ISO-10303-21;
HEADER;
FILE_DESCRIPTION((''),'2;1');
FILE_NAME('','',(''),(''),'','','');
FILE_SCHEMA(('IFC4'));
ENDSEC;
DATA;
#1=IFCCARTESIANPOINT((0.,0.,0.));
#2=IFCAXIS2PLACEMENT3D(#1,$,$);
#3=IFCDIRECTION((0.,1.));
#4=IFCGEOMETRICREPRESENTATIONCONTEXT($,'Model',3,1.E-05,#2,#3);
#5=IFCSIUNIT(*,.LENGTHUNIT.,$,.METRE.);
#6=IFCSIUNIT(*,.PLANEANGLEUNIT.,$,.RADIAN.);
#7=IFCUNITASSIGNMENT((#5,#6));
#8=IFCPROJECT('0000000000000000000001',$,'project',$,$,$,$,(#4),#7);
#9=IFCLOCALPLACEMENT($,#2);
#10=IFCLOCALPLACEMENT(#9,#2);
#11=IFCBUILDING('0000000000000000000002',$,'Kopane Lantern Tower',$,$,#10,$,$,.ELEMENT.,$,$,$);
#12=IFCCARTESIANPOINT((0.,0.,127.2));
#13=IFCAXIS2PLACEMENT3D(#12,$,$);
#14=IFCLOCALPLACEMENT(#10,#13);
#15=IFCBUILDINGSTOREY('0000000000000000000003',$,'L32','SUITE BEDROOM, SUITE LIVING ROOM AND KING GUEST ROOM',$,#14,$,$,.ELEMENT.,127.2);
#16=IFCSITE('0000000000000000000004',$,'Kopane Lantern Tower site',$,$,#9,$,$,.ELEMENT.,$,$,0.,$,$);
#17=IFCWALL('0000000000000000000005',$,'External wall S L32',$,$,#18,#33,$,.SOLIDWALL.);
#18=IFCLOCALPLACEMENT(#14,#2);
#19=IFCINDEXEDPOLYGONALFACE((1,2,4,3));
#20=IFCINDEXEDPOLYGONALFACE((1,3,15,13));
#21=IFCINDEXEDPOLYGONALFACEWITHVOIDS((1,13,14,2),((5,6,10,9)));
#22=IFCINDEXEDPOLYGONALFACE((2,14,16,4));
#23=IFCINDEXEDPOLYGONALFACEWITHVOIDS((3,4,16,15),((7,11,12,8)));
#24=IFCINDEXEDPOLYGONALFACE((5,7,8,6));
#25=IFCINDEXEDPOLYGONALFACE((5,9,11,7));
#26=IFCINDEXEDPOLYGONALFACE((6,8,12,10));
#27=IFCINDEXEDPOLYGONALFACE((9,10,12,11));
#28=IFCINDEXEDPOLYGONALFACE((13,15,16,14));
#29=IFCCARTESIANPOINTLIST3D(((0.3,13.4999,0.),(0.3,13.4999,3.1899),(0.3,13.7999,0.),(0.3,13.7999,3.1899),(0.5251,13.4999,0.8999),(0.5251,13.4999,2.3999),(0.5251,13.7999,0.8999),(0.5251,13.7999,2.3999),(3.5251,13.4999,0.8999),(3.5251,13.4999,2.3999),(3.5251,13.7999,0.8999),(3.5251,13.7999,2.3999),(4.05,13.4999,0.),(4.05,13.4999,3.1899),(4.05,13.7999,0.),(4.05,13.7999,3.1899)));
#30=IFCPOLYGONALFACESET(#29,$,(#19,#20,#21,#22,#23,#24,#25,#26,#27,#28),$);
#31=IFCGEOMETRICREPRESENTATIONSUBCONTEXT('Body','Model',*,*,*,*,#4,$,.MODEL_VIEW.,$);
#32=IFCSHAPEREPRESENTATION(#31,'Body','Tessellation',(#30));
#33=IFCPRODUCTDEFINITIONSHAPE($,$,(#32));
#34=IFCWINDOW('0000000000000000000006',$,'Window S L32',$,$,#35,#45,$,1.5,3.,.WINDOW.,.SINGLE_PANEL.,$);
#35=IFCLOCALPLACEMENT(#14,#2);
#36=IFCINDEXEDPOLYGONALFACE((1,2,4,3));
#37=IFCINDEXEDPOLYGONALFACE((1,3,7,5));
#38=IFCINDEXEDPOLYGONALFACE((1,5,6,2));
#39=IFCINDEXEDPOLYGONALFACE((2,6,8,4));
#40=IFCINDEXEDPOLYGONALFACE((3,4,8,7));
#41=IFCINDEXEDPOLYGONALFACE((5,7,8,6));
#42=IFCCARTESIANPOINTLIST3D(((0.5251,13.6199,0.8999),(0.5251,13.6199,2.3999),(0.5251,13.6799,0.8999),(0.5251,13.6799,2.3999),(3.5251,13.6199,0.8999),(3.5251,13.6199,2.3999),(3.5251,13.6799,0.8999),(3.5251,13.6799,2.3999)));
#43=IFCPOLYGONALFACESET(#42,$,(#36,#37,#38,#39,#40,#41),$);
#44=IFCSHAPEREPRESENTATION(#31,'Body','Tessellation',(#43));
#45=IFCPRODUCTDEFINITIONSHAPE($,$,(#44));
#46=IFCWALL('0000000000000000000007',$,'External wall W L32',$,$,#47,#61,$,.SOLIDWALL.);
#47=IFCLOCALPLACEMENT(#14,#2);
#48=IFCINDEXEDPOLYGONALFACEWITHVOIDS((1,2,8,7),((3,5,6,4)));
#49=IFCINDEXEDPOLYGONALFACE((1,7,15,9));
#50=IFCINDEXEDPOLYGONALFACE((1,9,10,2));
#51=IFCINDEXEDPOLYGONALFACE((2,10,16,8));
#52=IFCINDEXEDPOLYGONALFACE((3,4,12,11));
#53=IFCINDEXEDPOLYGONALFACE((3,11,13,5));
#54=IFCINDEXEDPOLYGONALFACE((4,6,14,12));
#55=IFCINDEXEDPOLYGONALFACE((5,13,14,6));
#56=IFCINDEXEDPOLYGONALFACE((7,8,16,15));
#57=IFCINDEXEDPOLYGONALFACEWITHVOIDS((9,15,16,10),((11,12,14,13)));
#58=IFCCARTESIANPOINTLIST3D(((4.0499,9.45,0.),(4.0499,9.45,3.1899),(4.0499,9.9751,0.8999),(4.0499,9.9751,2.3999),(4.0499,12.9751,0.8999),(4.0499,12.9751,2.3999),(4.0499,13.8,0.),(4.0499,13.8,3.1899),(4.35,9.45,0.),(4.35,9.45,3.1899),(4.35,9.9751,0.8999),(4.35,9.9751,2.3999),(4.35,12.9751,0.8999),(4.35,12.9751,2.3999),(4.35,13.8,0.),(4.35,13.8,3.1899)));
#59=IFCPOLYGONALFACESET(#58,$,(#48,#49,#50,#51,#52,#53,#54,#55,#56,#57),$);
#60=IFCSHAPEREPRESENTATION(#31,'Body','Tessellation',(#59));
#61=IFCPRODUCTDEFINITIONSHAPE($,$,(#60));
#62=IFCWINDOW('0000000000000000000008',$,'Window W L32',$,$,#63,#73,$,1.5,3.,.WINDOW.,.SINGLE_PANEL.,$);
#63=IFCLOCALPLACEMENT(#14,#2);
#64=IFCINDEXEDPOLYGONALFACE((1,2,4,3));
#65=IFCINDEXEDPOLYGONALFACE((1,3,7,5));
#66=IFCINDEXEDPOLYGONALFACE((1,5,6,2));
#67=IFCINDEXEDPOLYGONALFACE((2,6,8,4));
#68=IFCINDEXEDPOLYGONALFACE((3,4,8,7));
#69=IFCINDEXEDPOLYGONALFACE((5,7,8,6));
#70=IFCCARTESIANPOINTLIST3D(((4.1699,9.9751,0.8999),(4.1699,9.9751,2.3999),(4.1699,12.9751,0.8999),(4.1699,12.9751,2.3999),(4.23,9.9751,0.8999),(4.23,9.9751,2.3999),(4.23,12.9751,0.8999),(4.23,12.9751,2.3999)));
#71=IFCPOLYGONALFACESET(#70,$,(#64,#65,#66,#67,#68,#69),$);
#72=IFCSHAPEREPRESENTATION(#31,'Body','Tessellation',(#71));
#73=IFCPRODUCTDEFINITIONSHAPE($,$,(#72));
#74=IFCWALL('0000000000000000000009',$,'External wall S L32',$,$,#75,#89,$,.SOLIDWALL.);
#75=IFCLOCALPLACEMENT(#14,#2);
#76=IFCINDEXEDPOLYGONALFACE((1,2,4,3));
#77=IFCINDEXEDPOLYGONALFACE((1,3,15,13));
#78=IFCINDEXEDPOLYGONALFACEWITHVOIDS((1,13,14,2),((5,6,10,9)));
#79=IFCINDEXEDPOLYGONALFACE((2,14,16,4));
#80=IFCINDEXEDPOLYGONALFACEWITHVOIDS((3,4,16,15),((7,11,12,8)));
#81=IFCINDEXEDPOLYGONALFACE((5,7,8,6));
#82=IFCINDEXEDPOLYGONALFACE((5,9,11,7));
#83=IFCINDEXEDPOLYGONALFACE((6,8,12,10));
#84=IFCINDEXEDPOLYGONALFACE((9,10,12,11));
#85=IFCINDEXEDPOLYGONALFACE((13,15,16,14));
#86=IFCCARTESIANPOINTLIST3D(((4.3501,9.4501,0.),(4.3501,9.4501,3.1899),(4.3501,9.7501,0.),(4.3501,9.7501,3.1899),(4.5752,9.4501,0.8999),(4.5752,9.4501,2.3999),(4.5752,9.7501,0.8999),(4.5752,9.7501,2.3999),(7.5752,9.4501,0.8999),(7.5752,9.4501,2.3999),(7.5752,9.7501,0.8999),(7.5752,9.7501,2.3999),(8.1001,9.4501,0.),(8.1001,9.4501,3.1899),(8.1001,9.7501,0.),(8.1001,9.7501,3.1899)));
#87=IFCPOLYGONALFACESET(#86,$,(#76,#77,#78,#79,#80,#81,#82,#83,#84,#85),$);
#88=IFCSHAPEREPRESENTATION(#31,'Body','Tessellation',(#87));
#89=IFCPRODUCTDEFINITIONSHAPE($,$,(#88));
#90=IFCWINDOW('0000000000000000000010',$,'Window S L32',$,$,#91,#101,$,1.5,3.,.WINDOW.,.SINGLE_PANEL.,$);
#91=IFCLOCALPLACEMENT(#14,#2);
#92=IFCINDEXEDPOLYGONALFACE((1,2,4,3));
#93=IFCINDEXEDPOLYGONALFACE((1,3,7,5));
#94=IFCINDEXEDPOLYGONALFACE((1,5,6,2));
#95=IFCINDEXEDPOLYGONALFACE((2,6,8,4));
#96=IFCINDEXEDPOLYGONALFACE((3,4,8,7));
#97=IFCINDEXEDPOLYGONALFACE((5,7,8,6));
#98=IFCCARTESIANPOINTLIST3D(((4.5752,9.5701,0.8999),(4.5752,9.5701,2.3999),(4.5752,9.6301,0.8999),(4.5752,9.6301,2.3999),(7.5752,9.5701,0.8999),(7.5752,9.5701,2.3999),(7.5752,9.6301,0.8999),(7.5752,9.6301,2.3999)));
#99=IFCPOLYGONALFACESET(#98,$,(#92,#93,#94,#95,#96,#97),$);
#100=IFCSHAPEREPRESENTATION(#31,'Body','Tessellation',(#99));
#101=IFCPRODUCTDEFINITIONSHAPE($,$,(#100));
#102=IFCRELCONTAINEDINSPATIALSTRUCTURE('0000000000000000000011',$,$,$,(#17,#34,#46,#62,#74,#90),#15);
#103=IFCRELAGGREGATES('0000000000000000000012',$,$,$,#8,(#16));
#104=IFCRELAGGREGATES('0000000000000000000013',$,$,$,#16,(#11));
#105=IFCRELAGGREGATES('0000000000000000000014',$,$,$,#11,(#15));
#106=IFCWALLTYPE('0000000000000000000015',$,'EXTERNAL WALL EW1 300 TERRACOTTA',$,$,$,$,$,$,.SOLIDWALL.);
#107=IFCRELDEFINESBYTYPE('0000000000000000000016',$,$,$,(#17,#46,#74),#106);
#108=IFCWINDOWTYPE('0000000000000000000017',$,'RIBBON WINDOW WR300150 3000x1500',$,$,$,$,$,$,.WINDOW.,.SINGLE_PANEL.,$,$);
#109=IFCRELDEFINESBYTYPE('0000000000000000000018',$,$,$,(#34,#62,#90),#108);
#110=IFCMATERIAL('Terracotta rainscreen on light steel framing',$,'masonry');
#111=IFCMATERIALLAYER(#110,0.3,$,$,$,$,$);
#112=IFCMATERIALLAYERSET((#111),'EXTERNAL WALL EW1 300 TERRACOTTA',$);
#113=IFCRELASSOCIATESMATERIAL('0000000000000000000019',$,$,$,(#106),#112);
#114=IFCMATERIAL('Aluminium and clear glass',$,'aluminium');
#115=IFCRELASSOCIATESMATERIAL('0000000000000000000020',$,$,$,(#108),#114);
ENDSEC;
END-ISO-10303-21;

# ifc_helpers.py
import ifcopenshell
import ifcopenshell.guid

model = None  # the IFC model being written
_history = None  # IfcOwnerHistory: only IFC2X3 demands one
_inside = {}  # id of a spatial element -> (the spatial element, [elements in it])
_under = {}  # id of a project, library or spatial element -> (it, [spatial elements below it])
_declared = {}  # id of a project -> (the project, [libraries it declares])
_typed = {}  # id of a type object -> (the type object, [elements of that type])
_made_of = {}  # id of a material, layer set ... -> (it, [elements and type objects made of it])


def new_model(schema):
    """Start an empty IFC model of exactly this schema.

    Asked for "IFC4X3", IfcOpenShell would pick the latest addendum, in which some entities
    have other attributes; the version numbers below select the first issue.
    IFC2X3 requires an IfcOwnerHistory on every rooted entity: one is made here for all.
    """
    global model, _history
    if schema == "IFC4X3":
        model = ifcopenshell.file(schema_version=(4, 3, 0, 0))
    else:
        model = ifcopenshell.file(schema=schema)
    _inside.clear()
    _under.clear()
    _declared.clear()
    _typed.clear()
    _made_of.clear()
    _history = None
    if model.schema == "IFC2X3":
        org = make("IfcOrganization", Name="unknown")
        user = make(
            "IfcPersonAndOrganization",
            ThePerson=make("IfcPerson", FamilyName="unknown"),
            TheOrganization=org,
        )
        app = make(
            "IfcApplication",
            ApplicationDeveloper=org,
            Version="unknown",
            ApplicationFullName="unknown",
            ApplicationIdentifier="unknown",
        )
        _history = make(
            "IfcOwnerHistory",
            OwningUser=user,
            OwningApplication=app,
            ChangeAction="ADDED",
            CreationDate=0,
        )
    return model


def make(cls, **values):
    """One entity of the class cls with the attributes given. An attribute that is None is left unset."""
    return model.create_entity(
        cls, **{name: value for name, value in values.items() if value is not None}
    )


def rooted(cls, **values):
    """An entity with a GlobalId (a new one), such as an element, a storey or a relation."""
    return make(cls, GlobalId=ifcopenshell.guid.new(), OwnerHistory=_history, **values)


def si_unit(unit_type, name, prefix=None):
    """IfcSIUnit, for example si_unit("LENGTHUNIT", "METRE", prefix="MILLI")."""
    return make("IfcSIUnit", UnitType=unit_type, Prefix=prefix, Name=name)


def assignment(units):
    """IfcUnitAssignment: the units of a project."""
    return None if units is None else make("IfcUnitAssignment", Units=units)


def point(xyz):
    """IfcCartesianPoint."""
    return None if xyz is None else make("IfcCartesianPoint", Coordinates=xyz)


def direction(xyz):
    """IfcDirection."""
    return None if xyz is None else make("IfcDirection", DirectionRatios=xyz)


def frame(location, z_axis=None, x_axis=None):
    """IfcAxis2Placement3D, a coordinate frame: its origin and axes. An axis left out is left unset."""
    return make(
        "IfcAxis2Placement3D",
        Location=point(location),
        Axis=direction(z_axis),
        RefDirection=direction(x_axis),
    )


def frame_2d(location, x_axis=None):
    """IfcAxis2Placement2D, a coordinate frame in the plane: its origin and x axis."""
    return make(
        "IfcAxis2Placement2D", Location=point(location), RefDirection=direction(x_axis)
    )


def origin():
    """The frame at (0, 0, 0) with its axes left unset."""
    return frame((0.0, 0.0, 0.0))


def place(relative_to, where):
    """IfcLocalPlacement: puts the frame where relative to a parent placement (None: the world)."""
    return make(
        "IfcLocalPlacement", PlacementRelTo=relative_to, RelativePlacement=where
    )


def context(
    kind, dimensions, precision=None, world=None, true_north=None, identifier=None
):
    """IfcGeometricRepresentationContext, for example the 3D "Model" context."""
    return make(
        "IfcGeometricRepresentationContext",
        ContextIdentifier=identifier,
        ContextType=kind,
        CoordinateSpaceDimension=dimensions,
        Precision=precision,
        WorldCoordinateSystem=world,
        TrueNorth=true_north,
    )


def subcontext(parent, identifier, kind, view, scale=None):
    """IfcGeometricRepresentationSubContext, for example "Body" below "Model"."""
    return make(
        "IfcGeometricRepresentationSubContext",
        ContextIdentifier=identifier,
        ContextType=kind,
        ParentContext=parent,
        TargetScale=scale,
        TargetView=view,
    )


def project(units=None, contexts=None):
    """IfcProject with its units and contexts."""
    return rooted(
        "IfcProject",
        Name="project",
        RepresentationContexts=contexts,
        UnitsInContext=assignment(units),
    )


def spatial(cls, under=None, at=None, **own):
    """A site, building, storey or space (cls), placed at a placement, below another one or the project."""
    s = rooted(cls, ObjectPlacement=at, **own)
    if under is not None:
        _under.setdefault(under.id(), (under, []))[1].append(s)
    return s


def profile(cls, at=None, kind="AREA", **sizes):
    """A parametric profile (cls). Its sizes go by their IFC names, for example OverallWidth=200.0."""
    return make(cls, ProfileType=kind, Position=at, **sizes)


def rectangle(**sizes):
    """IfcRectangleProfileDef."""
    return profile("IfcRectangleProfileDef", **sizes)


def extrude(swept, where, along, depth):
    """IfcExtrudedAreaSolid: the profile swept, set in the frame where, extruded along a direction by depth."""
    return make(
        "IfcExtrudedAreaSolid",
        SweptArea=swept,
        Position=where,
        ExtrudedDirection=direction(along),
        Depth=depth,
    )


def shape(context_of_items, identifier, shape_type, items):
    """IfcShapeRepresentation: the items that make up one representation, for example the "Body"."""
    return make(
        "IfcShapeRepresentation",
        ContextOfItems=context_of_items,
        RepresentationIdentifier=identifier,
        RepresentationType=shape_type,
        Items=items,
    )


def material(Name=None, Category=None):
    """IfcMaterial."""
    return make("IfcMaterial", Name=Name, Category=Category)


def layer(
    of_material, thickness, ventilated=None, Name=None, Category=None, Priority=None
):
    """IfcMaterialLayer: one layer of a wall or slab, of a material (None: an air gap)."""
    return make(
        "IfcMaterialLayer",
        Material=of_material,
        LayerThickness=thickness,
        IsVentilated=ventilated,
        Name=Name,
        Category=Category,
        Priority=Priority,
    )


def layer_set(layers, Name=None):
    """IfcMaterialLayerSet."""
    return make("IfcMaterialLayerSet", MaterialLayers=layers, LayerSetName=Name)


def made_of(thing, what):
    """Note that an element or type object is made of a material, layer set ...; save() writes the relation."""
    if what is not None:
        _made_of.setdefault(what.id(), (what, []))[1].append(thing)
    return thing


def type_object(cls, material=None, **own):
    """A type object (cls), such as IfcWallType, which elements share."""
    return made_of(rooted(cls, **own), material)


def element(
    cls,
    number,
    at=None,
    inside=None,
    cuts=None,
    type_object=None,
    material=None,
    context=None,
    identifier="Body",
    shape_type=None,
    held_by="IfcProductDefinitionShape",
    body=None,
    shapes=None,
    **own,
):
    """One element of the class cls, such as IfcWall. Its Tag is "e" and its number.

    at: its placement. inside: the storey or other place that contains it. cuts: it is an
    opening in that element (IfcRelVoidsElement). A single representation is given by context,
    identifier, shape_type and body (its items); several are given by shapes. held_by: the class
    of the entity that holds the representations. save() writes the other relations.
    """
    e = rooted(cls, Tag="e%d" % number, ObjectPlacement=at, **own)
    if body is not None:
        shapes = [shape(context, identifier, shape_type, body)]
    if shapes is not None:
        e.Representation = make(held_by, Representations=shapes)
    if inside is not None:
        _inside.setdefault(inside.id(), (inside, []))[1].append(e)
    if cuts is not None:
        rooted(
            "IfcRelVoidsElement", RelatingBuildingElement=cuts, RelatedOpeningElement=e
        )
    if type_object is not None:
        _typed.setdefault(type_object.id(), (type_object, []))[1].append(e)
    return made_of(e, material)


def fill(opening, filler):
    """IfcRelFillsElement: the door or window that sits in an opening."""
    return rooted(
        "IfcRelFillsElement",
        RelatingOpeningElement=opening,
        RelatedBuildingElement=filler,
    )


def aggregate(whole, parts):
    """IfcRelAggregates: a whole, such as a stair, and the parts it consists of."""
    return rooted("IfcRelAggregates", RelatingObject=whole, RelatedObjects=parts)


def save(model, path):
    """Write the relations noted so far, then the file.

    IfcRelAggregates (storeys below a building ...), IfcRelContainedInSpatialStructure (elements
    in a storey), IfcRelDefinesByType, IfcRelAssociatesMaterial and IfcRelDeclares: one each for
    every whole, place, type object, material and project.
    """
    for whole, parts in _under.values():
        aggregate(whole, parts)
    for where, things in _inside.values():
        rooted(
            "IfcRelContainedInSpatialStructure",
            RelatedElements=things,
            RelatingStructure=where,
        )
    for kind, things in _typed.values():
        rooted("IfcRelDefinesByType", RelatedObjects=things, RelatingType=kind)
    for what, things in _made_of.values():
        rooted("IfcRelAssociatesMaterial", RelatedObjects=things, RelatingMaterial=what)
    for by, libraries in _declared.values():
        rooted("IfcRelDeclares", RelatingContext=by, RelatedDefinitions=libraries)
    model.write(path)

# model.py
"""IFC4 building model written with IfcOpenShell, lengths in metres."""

from ifc_helpers import new_model, si_unit, direction, frame, frame_2d, origin, place, context, subcontext, project, spatial, rectangle, extrude, material, layer, layer_set, type_object, element, fill, save


model = new_model("IFC4")

# Units and contexts
model_context = context("Model", 3, precision=1e-05, world=origin(), true_north=direction((0.0, 1.0)))
body_context = subcontext(model_context, "Body", "Model", "MODEL_VIEW")
ifc_project = project(units=[si_unit("LENGTHUNIT", "METRE"), si_unit("PLANEANGLEUNIT", "RADIAN")], contexts=[model_context])

# Site, building, storey
site_placement = place(None, origin())
site = spatial("IfcSite", under=ifc_project, at=site_placement, Name="Kopane Lantern Tower site", CompositionType="ELEMENT", RefElevation=0.0)
building_placement = place(site_placement, origin())
building = spatial("IfcBuilding", under=site, at=building_placement, Name="Kopane Lantern Tower", CompositionType="ELEMENT")
storey_placement = place(building_placement, frame((0.0, 0.0, 127.2)))
storey = spatial("IfcBuildingStorey", under=building, at=storey_placement, Name="L32", Description="SUITE BEDROOM, SUITE LIVING ROOM AND KING GUEST ROOM", CompositionType="ELEMENT", Elevation=127.2)

# Walls, openings, windows
ifc_material_1 = material(Name="Terracotta rainscreen on light steel framing", Category="masonry")
ifc_layer_1 = layer(ifc_material_1, 0.3)
ifc_layer_set_1 = layer_set([ifc_layer_1], Name="EXTERNAL WALL EW1 300 TERRACOTTA")
wall_type_1 = type_object("IfcWallType", Name="EXTERNAL WALL EW1 300 TERRACOTTA", PredefinedType="SOLIDWALL", material=ifc_layer_set_1)
wall_1_placement = place(storey_placement, frame((0.3, 13.6499, 0.0), z_axis=(0.0, 0.0, 1.0), x_axis=(1.0, 0.0, 0.0)))
wall_1 = element("IfcWall", 1, at=wall_1_placement, inside=storey, type_object=wall_type_1, Name="External wall S L32", PredefinedType="SOLIDWALL", context=body_context, shape_type="SweptSolid", body=[
    extrude(rectangle(XDim=3.75, YDim=0.3, at=frame_2d((1.875, 0.0))), origin(), (0.0, 0.0, 1.0), 3.1899),
])
opening_1_placement = place(wall_1_placement, frame((0.2251, 0.0, 0.8999)))
opening_1 = element("IfcOpeningElement", 2, at=opening_1_placement, cuts=wall_1, PredefinedType="OPENING", context=body_context, shape_type="SweptSolid", body=[
    extrude(rectangle(XDim=3.0, YDim=1.5, at=frame_2d((1.5, 0.75))), frame((0.0, 0.1599, 0.0), z_axis=(0.0, -1.0, 0.0), x_axis=(1.0, 0.0, 0.0)), (0.0, 0.0, 1.0), 0.3201),
])
ifc_material_2 = material(Name="Aluminium and clear glass", Category="aluminium")
window_type = type_object("IfcWindowType", Name="RIBBON WINDOW WR300150 3000x1500", PartitioningType="SINGLE_PANEL", PredefinedType="WINDOW", material=ifc_material_2)
window_1_placement = place(opening_1_placement, origin())
window_1 = element("IfcWindow", 3, at=window_1_placement, inside=storey, type_object=window_type, Name="Window S L32", OverallHeight=1.5, OverallWidth=3.0, PartitioningType="SINGLE_PANEL", PredefinedType="WINDOW", context=body_context, shape_type="SweptSolid", body=[
    extrude(rectangle(XDim=3.0, YDim=1.5, at=frame_2d((1.5, 0.75))), frame((0.0, 0.03, 0.0), z_axis=(0.0, -1.0, 0.0), x_axis=(1.0, 0.0, 0.0)), (0.0, 0.0, 1.0), 0.0601),
])
fill(opening_1, window_1)
wall_2_placement = place(storey_placement, frame((4.2, 13.8, 0.0), z_axis=(0.0, 0.0, 1.0), x_axis=(0.0, -1.0, 0.0)))
wall_2 = element("IfcWall", 4, at=wall_2_placement, inside=storey, type_object=wall_type_1, Name="External wall W L32", PredefinedType="SOLIDWALL", context=body_context, shape_type="SweptSolid", body=[
    extrude(rectangle(XDim=4.3501, YDim=0.3, at=frame_2d((2.175, 0.0))), origin(), (0.0, 0.0, 1.0), 3.1899),
])
opening_2_placement = place(wall_2_placement, frame((0.825, 0.0, 0.8999)))
opening_2 = element("IfcOpeningElement", 5, at=opening_2_placement, cuts=wall_2, PredefinedType="OPENING", context=body_context, shape_type="SweptSolid", body=[
    extrude(rectangle(XDim=3.0, YDim=1.5, at=frame_2d((1.5, 0.75))), frame((0.0, 0.1599, 0.0), z_axis=(0.0, -1.0, 0.0), x_axis=(1.0, 0.0, 0.0)), (0.0, 0.0, 1.0), 0.3201),
])
window_2_placement = place(opening_2_placement, origin())
window_2 = element("IfcWindow", 6, at=window_2_placement, inside=storey, type_object=window_type, Name="Window W L32", OverallHeight=1.5, OverallWidth=3.0, PartitioningType="SINGLE_PANEL", PredefinedType="WINDOW", context=body_context, shape_type="SweptSolid", body=[
    extrude(rectangle(XDim=3.0, YDim=1.5, at=frame_2d((1.5, 0.75))), frame((0.0, 0.03, 0.0), z_axis=(0.0, -1.0, 0.0), x_axis=(1.0, 0.0, 0.0)), (0.0, 0.0, 1.0), 0.0601),
])
fill(opening_2, window_2)
wall_3_placement = place(storey_placement, frame((4.3501, 9.6001, 0.0), z_axis=(0.0, 0.0, 1.0), x_axis=(1.0, 0.0, 0.0)))
wall_3 = element("IfcWall", 7, at=wall_3_placement, inside=storey, type_object=wall_type_1, Name="External wall S L32", PredefinedType="SOLIDWALL", context=body_context, shape_type="SweptSolid", body=[
    extrude(rectangle(XDim=3.75, YDim=0.3, at=frame_2d((1.875, 0.0))), origin(), (0.0, 0.0, 1.0), 3.1899),
])
opening_3_placement = place(wall_3_placement, frame((0.2251, 0.0, 0.8999)))
opening_3 = element("IfcOpeningElement", 8, at=opening_3_placement, cuts=wall_3, PredefinedType="OPENING", context=body_context, shape_type="SweptSolid", body=[
    extrude(rectangle(XDim=3.0, YDim=1.5, at=frame_2d((1.5, 0.75))), frame((0.0, 0.1599, 0.0), z_axis=(0.0, -1.0, 0.0), x_axis=(1.0, 0.0, 0.0)), (0.0, 0.0, 1.0), 0.3201),
])
window_3_placement = place(opening_3_placement, origin())
window_3 = element("IfcWindow", 9, at=window_3_placement, inside=storey, type_object=window_type, Name="Window S L32", OverallHeight=1.5, OverallWidth=3.0, PartitioningType="SINGLE_PANEL", PredefinedType="WINDOW", context=body_context, shape_type="SweptSolid", body=[
    extrude(rectangle(XDim=3.0, YDim=1.5, at=frame_2d((1.5, 0.75))), frame((0.0, 0.03, 0.0), z_axis=(0.0, -1.0, 0.0), x_axis=(1.0, 0.0, 0.0)), (0.0, 0.0, 1.0), 0.0601),
])
fill(opening_3, window_3)

save(model, "model.ifc")
